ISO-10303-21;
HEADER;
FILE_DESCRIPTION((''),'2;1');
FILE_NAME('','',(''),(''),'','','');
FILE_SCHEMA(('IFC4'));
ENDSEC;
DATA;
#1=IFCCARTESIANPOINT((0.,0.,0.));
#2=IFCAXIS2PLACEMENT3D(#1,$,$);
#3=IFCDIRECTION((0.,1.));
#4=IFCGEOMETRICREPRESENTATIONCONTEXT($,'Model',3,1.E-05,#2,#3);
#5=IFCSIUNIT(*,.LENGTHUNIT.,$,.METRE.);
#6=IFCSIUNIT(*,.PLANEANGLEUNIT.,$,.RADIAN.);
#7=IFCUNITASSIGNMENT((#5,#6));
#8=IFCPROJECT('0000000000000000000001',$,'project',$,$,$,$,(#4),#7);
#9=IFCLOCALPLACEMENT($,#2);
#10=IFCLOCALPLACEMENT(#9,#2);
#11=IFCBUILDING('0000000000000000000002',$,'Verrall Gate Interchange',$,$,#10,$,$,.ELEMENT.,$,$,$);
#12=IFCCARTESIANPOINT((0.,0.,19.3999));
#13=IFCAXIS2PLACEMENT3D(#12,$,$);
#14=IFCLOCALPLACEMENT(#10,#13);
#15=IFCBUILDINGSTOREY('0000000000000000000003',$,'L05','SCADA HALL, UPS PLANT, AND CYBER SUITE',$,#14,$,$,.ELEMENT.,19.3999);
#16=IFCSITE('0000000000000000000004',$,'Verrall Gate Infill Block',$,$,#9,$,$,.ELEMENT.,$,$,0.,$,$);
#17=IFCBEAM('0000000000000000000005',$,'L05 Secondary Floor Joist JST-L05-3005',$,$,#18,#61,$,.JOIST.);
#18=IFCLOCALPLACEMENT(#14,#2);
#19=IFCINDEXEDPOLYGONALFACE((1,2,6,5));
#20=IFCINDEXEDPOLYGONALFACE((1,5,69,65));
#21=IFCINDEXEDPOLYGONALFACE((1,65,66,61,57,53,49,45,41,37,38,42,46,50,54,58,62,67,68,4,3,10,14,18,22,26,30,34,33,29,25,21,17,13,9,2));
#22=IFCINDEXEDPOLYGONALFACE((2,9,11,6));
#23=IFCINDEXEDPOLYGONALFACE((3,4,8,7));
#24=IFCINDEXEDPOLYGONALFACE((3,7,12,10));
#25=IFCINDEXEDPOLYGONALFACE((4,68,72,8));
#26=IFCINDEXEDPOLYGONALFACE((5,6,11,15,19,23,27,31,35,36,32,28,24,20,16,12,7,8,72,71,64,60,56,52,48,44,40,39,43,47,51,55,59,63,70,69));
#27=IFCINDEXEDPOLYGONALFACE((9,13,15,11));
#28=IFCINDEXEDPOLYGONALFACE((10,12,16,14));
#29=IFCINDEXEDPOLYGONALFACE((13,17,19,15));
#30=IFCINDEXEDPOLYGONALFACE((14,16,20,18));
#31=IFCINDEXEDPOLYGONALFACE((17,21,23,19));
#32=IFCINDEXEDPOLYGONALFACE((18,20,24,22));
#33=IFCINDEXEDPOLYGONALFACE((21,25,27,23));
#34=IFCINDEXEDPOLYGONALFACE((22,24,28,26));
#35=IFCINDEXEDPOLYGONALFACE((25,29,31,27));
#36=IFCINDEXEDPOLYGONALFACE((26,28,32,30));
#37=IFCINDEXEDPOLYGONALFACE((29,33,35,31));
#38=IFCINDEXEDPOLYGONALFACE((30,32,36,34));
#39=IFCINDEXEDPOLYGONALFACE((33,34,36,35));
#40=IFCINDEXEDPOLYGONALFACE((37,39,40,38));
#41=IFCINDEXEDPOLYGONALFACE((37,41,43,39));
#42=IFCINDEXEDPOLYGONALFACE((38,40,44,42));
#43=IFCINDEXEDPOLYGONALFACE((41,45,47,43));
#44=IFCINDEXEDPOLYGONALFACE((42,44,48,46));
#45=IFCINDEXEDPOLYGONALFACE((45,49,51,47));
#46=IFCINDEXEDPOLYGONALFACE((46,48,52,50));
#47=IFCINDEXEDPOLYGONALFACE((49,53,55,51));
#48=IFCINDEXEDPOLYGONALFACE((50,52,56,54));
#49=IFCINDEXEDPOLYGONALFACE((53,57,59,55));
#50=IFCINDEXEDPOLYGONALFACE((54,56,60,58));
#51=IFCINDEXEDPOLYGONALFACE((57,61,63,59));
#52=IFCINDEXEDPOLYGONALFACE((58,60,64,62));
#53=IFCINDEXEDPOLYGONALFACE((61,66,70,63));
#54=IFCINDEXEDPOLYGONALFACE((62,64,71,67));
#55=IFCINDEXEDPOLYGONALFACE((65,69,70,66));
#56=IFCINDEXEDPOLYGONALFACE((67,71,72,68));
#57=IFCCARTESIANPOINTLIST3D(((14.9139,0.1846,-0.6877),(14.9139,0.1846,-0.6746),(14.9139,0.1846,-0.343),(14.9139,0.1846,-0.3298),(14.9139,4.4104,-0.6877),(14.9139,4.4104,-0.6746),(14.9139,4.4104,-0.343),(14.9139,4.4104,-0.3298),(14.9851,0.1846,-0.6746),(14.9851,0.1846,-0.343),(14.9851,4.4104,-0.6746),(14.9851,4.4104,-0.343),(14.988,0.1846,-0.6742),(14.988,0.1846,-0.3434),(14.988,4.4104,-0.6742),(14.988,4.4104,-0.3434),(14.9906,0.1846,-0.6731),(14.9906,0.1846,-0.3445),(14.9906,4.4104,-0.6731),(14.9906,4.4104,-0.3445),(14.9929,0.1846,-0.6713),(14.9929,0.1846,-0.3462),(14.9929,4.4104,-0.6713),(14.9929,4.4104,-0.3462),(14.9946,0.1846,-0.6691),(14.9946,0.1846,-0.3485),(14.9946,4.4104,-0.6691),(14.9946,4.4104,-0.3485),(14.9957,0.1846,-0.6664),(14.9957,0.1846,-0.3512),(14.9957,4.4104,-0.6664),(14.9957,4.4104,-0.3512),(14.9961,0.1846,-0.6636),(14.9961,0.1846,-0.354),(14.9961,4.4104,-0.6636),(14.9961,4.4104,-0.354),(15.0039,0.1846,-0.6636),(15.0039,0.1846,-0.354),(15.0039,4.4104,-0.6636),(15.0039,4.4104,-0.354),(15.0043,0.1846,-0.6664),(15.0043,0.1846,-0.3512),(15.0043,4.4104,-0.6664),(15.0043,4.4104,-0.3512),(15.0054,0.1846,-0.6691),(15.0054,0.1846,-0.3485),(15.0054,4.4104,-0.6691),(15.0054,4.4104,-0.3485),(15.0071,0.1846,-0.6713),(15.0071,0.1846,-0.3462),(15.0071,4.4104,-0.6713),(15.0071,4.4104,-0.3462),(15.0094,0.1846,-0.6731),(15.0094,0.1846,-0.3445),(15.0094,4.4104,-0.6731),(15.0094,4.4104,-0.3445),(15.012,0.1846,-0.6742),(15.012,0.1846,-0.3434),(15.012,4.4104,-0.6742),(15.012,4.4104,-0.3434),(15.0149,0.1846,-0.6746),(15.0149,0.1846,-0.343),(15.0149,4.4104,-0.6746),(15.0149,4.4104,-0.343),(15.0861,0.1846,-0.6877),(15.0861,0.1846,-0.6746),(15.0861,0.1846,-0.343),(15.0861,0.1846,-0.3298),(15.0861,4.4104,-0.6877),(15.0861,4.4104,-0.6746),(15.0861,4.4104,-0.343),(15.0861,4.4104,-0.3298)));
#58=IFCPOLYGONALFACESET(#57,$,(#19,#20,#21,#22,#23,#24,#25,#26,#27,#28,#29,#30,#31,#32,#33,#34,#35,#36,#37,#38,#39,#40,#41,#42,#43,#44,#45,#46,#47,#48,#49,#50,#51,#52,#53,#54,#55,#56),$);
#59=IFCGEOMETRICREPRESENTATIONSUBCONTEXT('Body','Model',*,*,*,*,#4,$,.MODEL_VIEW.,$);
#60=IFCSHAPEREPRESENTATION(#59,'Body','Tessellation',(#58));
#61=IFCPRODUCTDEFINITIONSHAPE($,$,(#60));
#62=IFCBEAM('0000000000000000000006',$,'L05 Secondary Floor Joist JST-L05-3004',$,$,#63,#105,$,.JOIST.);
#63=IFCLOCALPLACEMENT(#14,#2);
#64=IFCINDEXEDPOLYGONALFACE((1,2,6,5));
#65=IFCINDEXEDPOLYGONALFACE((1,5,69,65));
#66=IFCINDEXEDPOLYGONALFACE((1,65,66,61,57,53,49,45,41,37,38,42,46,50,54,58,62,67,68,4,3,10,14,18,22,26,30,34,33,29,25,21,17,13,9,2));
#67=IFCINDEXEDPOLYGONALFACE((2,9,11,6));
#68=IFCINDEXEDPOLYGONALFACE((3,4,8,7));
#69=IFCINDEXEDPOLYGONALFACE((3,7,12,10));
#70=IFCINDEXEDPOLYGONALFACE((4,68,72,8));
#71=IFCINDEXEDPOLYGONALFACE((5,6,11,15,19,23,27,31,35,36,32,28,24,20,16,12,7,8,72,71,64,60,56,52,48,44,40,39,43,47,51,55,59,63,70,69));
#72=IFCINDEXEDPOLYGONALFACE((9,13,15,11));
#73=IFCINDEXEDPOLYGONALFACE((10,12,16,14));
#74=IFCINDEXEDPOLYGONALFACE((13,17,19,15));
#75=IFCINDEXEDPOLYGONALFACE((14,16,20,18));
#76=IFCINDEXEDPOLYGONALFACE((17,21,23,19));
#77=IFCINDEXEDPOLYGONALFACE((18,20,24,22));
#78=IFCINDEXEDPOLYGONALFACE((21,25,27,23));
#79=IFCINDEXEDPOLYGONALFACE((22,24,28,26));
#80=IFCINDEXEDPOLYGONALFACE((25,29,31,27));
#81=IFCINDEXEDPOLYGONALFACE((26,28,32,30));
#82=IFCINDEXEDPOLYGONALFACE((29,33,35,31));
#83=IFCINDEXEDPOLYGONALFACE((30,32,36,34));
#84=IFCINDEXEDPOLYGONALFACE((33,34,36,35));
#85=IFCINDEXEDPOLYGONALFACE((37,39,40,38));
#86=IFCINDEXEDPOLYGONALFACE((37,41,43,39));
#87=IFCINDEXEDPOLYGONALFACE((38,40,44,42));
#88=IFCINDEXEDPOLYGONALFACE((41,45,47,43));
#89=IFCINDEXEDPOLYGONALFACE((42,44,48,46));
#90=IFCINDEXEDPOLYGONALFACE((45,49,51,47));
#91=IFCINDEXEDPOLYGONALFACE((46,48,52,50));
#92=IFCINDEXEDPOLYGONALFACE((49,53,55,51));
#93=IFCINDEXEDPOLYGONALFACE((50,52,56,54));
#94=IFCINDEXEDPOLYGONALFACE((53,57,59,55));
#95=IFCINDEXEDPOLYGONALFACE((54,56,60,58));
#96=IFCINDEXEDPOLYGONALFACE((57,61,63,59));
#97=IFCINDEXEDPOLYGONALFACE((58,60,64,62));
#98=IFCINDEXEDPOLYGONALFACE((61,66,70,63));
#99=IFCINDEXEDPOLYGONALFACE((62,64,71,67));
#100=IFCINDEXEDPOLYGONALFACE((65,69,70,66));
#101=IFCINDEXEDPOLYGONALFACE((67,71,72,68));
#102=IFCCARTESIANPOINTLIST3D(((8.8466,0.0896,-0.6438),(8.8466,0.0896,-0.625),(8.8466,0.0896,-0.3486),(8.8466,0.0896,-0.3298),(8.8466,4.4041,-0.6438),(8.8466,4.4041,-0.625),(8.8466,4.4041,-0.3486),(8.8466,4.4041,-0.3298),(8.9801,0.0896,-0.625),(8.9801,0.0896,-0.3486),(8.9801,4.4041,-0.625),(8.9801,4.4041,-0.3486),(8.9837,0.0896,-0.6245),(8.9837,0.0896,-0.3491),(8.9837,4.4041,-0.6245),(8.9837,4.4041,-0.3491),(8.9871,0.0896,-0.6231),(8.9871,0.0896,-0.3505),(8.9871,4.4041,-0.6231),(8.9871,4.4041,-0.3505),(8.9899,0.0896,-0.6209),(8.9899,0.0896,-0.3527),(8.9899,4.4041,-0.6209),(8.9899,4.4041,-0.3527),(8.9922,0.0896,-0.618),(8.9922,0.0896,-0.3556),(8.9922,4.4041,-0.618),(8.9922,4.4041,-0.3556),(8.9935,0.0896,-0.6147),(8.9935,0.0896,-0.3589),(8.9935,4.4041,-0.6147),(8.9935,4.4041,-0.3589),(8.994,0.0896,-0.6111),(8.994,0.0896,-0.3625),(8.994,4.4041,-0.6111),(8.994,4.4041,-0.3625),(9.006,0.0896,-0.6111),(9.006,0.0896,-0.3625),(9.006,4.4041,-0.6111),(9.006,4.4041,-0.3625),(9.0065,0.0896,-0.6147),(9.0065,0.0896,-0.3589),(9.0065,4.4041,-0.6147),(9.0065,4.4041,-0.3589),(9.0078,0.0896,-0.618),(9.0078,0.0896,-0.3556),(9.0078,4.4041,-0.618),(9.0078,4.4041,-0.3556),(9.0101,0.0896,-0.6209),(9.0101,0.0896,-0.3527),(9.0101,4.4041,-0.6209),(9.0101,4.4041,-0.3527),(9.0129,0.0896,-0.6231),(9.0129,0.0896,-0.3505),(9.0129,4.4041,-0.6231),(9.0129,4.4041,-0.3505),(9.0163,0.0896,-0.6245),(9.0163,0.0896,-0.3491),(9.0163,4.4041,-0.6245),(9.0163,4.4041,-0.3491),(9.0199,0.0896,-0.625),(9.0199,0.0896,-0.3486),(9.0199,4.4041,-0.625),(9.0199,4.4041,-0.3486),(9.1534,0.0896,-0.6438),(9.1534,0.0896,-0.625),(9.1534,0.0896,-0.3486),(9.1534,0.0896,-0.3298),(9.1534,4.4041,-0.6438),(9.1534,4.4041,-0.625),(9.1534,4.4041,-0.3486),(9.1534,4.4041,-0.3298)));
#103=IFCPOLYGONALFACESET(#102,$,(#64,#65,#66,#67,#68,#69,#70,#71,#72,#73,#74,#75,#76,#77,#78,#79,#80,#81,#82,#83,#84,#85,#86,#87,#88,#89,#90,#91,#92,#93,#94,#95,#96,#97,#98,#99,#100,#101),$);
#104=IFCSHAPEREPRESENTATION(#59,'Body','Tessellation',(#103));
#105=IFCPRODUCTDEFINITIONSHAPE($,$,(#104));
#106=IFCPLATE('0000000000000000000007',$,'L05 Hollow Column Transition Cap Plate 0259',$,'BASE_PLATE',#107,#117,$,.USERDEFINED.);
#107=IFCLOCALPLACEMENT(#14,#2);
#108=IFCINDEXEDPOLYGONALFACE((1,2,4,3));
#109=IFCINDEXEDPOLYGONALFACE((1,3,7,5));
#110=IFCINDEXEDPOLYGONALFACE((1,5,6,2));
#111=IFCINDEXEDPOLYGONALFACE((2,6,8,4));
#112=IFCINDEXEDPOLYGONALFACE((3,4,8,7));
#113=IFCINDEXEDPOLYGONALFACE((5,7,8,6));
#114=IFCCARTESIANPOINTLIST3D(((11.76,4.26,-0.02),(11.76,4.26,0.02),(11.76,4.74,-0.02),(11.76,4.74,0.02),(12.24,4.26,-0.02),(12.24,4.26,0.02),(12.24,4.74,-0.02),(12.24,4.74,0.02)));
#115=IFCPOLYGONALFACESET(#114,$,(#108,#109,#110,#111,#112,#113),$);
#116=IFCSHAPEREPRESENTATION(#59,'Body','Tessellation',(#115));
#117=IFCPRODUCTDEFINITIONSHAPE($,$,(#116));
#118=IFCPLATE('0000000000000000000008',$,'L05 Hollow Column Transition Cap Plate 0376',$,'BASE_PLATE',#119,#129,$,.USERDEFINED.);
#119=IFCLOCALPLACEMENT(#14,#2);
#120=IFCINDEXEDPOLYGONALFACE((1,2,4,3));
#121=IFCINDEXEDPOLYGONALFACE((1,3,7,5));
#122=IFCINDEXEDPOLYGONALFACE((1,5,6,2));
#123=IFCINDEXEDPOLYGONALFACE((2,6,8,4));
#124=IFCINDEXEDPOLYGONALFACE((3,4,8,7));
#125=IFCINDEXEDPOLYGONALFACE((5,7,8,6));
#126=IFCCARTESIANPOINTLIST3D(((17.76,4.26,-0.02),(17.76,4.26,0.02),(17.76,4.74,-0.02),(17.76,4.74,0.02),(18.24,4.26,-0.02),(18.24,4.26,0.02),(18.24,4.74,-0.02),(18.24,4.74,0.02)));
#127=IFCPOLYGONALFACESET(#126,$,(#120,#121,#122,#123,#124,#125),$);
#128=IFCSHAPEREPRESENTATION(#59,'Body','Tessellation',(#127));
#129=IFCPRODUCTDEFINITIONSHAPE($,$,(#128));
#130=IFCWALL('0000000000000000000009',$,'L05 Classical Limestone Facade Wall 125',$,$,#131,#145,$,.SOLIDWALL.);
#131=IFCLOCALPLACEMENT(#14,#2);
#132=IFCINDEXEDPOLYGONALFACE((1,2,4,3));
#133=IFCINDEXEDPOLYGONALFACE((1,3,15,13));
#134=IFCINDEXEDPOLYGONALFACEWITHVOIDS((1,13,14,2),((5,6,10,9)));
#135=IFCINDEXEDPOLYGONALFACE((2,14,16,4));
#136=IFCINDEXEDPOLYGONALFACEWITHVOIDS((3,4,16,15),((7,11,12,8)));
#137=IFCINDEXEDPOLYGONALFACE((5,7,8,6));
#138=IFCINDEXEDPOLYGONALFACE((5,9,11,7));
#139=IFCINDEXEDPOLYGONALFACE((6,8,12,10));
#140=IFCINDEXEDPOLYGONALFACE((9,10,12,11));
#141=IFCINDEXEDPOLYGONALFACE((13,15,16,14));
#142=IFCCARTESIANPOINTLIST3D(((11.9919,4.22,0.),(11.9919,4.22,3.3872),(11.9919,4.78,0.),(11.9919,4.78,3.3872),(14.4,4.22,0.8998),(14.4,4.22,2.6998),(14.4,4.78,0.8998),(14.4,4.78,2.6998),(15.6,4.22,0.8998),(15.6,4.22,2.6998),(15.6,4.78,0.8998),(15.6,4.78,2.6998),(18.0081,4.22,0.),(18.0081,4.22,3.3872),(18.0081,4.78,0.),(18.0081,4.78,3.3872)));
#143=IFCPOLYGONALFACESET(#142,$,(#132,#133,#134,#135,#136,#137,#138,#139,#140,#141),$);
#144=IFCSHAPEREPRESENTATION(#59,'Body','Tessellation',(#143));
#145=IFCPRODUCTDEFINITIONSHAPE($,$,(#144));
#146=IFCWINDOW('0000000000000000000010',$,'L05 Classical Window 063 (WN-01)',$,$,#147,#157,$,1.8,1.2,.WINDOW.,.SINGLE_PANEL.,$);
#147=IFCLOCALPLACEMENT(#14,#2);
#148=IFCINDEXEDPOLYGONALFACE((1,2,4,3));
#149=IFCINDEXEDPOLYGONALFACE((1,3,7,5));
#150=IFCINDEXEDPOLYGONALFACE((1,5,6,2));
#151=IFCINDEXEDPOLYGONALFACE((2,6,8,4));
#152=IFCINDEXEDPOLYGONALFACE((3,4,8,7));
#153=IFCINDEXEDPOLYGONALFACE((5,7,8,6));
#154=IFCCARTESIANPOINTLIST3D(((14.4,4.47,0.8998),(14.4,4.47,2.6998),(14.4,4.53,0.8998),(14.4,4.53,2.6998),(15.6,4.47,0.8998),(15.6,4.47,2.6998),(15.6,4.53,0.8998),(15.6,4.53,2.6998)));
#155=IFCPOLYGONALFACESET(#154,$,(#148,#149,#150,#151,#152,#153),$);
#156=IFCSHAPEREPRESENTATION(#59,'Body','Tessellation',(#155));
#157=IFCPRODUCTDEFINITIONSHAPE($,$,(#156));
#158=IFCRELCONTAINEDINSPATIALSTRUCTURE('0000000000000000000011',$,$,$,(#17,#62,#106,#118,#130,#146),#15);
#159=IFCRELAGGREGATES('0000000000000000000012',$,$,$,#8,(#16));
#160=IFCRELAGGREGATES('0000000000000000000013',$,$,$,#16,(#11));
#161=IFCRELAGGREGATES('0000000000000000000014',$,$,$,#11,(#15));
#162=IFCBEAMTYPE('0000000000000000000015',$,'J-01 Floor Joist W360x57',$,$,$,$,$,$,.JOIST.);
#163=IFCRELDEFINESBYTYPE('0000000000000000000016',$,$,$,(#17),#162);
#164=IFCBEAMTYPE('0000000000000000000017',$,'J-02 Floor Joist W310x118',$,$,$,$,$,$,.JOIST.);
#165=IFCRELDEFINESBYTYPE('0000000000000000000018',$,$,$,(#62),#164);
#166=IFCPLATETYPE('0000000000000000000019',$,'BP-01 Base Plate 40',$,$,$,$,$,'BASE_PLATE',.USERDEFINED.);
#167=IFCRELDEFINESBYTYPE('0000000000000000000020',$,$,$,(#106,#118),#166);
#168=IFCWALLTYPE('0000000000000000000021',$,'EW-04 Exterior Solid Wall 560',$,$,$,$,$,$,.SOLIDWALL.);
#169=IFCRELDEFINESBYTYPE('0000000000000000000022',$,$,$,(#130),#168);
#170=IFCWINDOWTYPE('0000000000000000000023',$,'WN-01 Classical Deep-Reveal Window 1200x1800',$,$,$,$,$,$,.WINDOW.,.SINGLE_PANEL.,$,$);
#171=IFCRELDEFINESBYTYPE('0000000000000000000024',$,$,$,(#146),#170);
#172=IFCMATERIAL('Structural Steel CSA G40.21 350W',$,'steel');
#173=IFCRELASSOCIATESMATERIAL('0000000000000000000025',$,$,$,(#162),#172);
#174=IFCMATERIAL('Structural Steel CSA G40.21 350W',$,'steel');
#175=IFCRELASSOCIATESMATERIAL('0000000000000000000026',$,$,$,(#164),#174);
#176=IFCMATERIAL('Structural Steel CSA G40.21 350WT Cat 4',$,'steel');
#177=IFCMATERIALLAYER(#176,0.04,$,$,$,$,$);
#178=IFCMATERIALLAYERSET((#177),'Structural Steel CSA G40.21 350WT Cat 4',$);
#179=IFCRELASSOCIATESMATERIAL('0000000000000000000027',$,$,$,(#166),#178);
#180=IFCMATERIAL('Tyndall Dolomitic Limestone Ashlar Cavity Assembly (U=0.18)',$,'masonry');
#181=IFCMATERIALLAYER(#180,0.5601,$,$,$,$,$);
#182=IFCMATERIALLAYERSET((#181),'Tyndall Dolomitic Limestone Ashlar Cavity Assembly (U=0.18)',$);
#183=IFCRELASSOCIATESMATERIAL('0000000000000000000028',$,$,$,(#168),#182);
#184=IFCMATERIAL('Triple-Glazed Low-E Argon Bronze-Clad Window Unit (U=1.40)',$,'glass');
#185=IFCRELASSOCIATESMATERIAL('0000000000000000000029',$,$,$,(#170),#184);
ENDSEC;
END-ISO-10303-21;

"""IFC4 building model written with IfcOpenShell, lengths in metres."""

from ifc_helpers import new_model, si_unit, direction, frame, frame_2d, origin, origin_2d, place, context, subcontext, project, spatial, rectangle, i_section, extrude, material, layer, layer_set, material_profile, profile_set, type_object, element, fill, save


model = new_model("IFC4")

# Units and contexts
model_context = context("Model", 3, precision=1e-05, world=origin(), true_north=direction((0.0, 1.0)))
body_context = subcontext(model_context, "Body", "Model", "MODEL_VIEW")
ifc_project = project(units=[si_unit("LENGTHUNIT", "METRE"), si_unit("PLANEANGLEUNIT", "RADIAN")], contexts=[model_context])

# Site, building, storey
site_placement = place(None, origin())
site = spatial("IfcSite", under=ifc_project, at=site_placement, Name="Verrall Gate Infill Block", CompositionType="ELEMENT", RefElevation=0.0)
building_placement = place(site_placement, origin())
building = spatial("IfcBuilding", under=site, at=building_placement, Name="Verrall Gate Interchange", CompositionType="ELEMENT")
storey_placement = place(building_placement, frame((0.0, 0.0, 19.3999)))
storey = spatial("IfcBuildingStorey", under=building, at=storey_placement, Name="L05", Description="SCADA HALL, UPS PLANT, AND CYBER SUITE", CompositionType="ELEMENT", Elevation=19.3999)

# Beams
ifc_material_1 = material(Name="Structural Steel CSA G40.21 350W", Category="steel")
ifc_material_profile_1 = material_profile(ifc_material_1, i_section(OverallWidth=0.1721, OverallDepth=0.3579, WebThickness=0.0078, FlangeThickness=0.0132, FilletRadius=0.011, at=origin_2d()), Name="W360x57")
ifc_profile_set_1 = profile_set([ifc_material_profile_1], Name="Structural Steel CSA G40.21 350W")
beam_type_1 = type_object("IfcBeamType", Name="J-01 Floor Joist W360x57", PredefinedType="JOIST", material=ifc_profile_set_1)
beam_1_placement = place(storey_placement, frame((15.0, 0.1846, -0.5088), z_axis=(0.0, 1.0, 0.0), x_axis=(-1.0, 0.0, 0.0)))
element("IfcBeam", 1, at=beam_1_placement, inside=storey, type_object=beam_type_1, Name="L05 Secondary Floor Joist JST-L05-3005", PredefinedType="JOIST", context=body_context, shape_type="SweptSolid", body=[
    extrude(i_section(OverallWidth=0.1721, OverallDepth=0.3579, WebThickness=0.0078, FlangeThickness=0.0132, FilletRadius=0.011, at=origin_2d()), origin(), (0.0, 0.0, 1.0), 4.2258),
])
ifc_material_2 = material(Name="Structural Steel CSA G40.21 350W", Category="steel")
ifc_material_profile_2 = material_profile(ifc_material_2, i_section(OverallWidth=0.3069, OverallDepth=0.314, WebThickness=0.012, FlangeThickness=0.0188, FilletRadius=0.0139, at=origin_2d()), Name="W310x118")
ifc_profile_set_2 = profile_set([ifc_material_profile_2], Name="Structural Steel CSA G40.21 350W")
beam_type_2 = type_object("IfcBeamType", Name="J-02 Floor Joist W310x118", PredefinedType="JOIST", material=ifc_profile_set_2)
beam_2_placement = place(storey_placement, frame((9.0, 0.0896, -0.4868), z_axis=(0.0, 1.0, 0.0), x_axis=(-1.0, 0.0, 0.0)))
element("IfcBeam", 2, at=beam_2_placement, inside=storey, type_object=beam_type_2, Name="L05 Secondary Floor Joist JST-L05-3004", PredefinedType="JOIST", context=body_context, shape_type="SweptSolid", body=[
    extrude(i_section(OverallWidth=0.3069, OverallDepth=0.314, WebThickness=0.012, FlangeThickness=0.0188, FilletRadius=0.0139, at=origin_2d()), origin(), (0.0, 0.0, 1.0), 4.3145),
])

# Plates
ifc_material_3 = material(Name="Structural Steel CSA G40.21 350WT Cat 4", Category="steel")
ifc_layer_1 = layer(ifc_material_3, 0.04)
ifc_layer_set_1 = layer_set([ifc_layer_1], Name="Structural Steel CSA G40.21 350WT Cat 4")
plate_type = type_object("IfcPlateType", Name="BP-01 Base Plate 40", ElementType="BASE_PLATE", PredefinedType="USERDEFINED", material=ifc_layer_set_1)
for number, where, z_axis, x_axis, name in (
    (3, (12.0, 4.5, -0.02), (0.0, 0.0, 1.0), (1.0, 0.0, 0.0), "L05 Hollow Column Transition Cap Plate 0259"),
    (4, (18.0, 4.5, -0.02), (0.0, 0.0, 1.0), (1.0, 0.0, 0.0), "L05 Hollow Column Transition Cap Plate 0376"),
):
    element("IfcPlate", number, at=place(storey_placement, frame(where, z_axis=z_axis, x_axis=x_axis)), inside=storey, type_object=plate_type, Name=name, ObjectType="BASE_PLATE", PredefinedType="USERDEFINED", context=body_context, shape_type="SweptSolid", body=[
        extrude(rectangle(XDim=0.48, YDim=0.48, at=origin_2d()), origin(), (0.0, 0.0, 1.0), 0.04),
    ])

# Wall, opening, window
ifc_material_4 = material(Name="Tyndall Dolomitic Limestone Ashlar Cavity Assembly (U=0.18)", Category="masonry")
ifc_layer_2 = layer(ifc_material_4, 0.5601)
ifc_layer_set_2 = layer_set([ifc_layer_2], Name="Tyndall Dolomitic Limestone Ashlar Cavity Assembly (U=0.18)")
wall_type_1 = type_object("IfcWallType", Name="EW-04 Exterior Solid Wall 560", PredefinedType="SOLIDWALL", material=ifc_layer_set_2)
wall_1_placement = place(storey_placement, frame((11.9919, 4.5, 0.0), z_axis=(0.0, 0.0, 1.0), x_axis=(1.0, 0.0, 0.0)))
wall_1 = element("IfcWall", 5, at=wall_1_placement, inside=storey, type_object=wall_type_1, Name="L05 Classical Limestone Facade Wall 125", PredefinedType="SOLIDWALL", context=body_context, shape_type="SweptSolid", body=[
    extrude(rectangle(XDim=6.0161, YDim=0.5601, at=frame_2d((3.0081, 0.0))), origin(), (0.0, 0.0, 1.0), 3.3872),
])
opening_1_placement = place(wall_1_placement, frame((2.408, 0.0, 0.8999)))
opening_1 = element("IfcOpeningElement", 6, at=opening_1_placement, cuts=wall_1, PredefinedType="OPENING", context=body_context, shape_type="SweptSolid", body=[
    extrude(rectangle(XDim=1.2, YDim=1.8, at=frame_2d((0.6001, 0.8999))), frame((0.0, 0.2949, 0.0), z_axis=(0.0, -1.0, 0.0), x_axis=(1.0, 0.0, 0.0)), (0.0, 0.0, 1.0), 0.5898),
])
ifc_material_5 = material(Name="Triple-Glazed Low-E Argon Bronze-Clad Window Unit (U=1.40)", Category="glass")
window_type_1 = type_object("IfcWindowType", Name="WN-01 Classical Deep-Reveal Window 1200x1800", PartitioningType="SINGLE_PANEL", PredefinedType="WINDOW", material=ifc_material_5)
window_1_placement = place(opening_1_placement, origin())
window_1 = element("IfcWindow", 7, at=window_1_placement, inside=storey, type_object=window_type_1, Name="L05 Classical Window 063 (WN-01)", OverallHeight=1.8, OverallWidth=1.2, PartitioningType="SINGLE_PANEL", PredefinedType="WINDOW", context=body_context, shape_type="SweptSolid", body=[
    extrude(rectangle(XDim=1.2, YDim=1.8, at=frame_2d((0.6001, 0.8999))), frame((0.0, 0.03, 0.0), z_axis=(0.0, -1.0, 0.0), x_axis=(1.0, 0.0, 0.0)), (0.0, 0.0, 1.0), 0.0601),
])
fill(opening_1, window_1)

save(model, "model.ifc")
